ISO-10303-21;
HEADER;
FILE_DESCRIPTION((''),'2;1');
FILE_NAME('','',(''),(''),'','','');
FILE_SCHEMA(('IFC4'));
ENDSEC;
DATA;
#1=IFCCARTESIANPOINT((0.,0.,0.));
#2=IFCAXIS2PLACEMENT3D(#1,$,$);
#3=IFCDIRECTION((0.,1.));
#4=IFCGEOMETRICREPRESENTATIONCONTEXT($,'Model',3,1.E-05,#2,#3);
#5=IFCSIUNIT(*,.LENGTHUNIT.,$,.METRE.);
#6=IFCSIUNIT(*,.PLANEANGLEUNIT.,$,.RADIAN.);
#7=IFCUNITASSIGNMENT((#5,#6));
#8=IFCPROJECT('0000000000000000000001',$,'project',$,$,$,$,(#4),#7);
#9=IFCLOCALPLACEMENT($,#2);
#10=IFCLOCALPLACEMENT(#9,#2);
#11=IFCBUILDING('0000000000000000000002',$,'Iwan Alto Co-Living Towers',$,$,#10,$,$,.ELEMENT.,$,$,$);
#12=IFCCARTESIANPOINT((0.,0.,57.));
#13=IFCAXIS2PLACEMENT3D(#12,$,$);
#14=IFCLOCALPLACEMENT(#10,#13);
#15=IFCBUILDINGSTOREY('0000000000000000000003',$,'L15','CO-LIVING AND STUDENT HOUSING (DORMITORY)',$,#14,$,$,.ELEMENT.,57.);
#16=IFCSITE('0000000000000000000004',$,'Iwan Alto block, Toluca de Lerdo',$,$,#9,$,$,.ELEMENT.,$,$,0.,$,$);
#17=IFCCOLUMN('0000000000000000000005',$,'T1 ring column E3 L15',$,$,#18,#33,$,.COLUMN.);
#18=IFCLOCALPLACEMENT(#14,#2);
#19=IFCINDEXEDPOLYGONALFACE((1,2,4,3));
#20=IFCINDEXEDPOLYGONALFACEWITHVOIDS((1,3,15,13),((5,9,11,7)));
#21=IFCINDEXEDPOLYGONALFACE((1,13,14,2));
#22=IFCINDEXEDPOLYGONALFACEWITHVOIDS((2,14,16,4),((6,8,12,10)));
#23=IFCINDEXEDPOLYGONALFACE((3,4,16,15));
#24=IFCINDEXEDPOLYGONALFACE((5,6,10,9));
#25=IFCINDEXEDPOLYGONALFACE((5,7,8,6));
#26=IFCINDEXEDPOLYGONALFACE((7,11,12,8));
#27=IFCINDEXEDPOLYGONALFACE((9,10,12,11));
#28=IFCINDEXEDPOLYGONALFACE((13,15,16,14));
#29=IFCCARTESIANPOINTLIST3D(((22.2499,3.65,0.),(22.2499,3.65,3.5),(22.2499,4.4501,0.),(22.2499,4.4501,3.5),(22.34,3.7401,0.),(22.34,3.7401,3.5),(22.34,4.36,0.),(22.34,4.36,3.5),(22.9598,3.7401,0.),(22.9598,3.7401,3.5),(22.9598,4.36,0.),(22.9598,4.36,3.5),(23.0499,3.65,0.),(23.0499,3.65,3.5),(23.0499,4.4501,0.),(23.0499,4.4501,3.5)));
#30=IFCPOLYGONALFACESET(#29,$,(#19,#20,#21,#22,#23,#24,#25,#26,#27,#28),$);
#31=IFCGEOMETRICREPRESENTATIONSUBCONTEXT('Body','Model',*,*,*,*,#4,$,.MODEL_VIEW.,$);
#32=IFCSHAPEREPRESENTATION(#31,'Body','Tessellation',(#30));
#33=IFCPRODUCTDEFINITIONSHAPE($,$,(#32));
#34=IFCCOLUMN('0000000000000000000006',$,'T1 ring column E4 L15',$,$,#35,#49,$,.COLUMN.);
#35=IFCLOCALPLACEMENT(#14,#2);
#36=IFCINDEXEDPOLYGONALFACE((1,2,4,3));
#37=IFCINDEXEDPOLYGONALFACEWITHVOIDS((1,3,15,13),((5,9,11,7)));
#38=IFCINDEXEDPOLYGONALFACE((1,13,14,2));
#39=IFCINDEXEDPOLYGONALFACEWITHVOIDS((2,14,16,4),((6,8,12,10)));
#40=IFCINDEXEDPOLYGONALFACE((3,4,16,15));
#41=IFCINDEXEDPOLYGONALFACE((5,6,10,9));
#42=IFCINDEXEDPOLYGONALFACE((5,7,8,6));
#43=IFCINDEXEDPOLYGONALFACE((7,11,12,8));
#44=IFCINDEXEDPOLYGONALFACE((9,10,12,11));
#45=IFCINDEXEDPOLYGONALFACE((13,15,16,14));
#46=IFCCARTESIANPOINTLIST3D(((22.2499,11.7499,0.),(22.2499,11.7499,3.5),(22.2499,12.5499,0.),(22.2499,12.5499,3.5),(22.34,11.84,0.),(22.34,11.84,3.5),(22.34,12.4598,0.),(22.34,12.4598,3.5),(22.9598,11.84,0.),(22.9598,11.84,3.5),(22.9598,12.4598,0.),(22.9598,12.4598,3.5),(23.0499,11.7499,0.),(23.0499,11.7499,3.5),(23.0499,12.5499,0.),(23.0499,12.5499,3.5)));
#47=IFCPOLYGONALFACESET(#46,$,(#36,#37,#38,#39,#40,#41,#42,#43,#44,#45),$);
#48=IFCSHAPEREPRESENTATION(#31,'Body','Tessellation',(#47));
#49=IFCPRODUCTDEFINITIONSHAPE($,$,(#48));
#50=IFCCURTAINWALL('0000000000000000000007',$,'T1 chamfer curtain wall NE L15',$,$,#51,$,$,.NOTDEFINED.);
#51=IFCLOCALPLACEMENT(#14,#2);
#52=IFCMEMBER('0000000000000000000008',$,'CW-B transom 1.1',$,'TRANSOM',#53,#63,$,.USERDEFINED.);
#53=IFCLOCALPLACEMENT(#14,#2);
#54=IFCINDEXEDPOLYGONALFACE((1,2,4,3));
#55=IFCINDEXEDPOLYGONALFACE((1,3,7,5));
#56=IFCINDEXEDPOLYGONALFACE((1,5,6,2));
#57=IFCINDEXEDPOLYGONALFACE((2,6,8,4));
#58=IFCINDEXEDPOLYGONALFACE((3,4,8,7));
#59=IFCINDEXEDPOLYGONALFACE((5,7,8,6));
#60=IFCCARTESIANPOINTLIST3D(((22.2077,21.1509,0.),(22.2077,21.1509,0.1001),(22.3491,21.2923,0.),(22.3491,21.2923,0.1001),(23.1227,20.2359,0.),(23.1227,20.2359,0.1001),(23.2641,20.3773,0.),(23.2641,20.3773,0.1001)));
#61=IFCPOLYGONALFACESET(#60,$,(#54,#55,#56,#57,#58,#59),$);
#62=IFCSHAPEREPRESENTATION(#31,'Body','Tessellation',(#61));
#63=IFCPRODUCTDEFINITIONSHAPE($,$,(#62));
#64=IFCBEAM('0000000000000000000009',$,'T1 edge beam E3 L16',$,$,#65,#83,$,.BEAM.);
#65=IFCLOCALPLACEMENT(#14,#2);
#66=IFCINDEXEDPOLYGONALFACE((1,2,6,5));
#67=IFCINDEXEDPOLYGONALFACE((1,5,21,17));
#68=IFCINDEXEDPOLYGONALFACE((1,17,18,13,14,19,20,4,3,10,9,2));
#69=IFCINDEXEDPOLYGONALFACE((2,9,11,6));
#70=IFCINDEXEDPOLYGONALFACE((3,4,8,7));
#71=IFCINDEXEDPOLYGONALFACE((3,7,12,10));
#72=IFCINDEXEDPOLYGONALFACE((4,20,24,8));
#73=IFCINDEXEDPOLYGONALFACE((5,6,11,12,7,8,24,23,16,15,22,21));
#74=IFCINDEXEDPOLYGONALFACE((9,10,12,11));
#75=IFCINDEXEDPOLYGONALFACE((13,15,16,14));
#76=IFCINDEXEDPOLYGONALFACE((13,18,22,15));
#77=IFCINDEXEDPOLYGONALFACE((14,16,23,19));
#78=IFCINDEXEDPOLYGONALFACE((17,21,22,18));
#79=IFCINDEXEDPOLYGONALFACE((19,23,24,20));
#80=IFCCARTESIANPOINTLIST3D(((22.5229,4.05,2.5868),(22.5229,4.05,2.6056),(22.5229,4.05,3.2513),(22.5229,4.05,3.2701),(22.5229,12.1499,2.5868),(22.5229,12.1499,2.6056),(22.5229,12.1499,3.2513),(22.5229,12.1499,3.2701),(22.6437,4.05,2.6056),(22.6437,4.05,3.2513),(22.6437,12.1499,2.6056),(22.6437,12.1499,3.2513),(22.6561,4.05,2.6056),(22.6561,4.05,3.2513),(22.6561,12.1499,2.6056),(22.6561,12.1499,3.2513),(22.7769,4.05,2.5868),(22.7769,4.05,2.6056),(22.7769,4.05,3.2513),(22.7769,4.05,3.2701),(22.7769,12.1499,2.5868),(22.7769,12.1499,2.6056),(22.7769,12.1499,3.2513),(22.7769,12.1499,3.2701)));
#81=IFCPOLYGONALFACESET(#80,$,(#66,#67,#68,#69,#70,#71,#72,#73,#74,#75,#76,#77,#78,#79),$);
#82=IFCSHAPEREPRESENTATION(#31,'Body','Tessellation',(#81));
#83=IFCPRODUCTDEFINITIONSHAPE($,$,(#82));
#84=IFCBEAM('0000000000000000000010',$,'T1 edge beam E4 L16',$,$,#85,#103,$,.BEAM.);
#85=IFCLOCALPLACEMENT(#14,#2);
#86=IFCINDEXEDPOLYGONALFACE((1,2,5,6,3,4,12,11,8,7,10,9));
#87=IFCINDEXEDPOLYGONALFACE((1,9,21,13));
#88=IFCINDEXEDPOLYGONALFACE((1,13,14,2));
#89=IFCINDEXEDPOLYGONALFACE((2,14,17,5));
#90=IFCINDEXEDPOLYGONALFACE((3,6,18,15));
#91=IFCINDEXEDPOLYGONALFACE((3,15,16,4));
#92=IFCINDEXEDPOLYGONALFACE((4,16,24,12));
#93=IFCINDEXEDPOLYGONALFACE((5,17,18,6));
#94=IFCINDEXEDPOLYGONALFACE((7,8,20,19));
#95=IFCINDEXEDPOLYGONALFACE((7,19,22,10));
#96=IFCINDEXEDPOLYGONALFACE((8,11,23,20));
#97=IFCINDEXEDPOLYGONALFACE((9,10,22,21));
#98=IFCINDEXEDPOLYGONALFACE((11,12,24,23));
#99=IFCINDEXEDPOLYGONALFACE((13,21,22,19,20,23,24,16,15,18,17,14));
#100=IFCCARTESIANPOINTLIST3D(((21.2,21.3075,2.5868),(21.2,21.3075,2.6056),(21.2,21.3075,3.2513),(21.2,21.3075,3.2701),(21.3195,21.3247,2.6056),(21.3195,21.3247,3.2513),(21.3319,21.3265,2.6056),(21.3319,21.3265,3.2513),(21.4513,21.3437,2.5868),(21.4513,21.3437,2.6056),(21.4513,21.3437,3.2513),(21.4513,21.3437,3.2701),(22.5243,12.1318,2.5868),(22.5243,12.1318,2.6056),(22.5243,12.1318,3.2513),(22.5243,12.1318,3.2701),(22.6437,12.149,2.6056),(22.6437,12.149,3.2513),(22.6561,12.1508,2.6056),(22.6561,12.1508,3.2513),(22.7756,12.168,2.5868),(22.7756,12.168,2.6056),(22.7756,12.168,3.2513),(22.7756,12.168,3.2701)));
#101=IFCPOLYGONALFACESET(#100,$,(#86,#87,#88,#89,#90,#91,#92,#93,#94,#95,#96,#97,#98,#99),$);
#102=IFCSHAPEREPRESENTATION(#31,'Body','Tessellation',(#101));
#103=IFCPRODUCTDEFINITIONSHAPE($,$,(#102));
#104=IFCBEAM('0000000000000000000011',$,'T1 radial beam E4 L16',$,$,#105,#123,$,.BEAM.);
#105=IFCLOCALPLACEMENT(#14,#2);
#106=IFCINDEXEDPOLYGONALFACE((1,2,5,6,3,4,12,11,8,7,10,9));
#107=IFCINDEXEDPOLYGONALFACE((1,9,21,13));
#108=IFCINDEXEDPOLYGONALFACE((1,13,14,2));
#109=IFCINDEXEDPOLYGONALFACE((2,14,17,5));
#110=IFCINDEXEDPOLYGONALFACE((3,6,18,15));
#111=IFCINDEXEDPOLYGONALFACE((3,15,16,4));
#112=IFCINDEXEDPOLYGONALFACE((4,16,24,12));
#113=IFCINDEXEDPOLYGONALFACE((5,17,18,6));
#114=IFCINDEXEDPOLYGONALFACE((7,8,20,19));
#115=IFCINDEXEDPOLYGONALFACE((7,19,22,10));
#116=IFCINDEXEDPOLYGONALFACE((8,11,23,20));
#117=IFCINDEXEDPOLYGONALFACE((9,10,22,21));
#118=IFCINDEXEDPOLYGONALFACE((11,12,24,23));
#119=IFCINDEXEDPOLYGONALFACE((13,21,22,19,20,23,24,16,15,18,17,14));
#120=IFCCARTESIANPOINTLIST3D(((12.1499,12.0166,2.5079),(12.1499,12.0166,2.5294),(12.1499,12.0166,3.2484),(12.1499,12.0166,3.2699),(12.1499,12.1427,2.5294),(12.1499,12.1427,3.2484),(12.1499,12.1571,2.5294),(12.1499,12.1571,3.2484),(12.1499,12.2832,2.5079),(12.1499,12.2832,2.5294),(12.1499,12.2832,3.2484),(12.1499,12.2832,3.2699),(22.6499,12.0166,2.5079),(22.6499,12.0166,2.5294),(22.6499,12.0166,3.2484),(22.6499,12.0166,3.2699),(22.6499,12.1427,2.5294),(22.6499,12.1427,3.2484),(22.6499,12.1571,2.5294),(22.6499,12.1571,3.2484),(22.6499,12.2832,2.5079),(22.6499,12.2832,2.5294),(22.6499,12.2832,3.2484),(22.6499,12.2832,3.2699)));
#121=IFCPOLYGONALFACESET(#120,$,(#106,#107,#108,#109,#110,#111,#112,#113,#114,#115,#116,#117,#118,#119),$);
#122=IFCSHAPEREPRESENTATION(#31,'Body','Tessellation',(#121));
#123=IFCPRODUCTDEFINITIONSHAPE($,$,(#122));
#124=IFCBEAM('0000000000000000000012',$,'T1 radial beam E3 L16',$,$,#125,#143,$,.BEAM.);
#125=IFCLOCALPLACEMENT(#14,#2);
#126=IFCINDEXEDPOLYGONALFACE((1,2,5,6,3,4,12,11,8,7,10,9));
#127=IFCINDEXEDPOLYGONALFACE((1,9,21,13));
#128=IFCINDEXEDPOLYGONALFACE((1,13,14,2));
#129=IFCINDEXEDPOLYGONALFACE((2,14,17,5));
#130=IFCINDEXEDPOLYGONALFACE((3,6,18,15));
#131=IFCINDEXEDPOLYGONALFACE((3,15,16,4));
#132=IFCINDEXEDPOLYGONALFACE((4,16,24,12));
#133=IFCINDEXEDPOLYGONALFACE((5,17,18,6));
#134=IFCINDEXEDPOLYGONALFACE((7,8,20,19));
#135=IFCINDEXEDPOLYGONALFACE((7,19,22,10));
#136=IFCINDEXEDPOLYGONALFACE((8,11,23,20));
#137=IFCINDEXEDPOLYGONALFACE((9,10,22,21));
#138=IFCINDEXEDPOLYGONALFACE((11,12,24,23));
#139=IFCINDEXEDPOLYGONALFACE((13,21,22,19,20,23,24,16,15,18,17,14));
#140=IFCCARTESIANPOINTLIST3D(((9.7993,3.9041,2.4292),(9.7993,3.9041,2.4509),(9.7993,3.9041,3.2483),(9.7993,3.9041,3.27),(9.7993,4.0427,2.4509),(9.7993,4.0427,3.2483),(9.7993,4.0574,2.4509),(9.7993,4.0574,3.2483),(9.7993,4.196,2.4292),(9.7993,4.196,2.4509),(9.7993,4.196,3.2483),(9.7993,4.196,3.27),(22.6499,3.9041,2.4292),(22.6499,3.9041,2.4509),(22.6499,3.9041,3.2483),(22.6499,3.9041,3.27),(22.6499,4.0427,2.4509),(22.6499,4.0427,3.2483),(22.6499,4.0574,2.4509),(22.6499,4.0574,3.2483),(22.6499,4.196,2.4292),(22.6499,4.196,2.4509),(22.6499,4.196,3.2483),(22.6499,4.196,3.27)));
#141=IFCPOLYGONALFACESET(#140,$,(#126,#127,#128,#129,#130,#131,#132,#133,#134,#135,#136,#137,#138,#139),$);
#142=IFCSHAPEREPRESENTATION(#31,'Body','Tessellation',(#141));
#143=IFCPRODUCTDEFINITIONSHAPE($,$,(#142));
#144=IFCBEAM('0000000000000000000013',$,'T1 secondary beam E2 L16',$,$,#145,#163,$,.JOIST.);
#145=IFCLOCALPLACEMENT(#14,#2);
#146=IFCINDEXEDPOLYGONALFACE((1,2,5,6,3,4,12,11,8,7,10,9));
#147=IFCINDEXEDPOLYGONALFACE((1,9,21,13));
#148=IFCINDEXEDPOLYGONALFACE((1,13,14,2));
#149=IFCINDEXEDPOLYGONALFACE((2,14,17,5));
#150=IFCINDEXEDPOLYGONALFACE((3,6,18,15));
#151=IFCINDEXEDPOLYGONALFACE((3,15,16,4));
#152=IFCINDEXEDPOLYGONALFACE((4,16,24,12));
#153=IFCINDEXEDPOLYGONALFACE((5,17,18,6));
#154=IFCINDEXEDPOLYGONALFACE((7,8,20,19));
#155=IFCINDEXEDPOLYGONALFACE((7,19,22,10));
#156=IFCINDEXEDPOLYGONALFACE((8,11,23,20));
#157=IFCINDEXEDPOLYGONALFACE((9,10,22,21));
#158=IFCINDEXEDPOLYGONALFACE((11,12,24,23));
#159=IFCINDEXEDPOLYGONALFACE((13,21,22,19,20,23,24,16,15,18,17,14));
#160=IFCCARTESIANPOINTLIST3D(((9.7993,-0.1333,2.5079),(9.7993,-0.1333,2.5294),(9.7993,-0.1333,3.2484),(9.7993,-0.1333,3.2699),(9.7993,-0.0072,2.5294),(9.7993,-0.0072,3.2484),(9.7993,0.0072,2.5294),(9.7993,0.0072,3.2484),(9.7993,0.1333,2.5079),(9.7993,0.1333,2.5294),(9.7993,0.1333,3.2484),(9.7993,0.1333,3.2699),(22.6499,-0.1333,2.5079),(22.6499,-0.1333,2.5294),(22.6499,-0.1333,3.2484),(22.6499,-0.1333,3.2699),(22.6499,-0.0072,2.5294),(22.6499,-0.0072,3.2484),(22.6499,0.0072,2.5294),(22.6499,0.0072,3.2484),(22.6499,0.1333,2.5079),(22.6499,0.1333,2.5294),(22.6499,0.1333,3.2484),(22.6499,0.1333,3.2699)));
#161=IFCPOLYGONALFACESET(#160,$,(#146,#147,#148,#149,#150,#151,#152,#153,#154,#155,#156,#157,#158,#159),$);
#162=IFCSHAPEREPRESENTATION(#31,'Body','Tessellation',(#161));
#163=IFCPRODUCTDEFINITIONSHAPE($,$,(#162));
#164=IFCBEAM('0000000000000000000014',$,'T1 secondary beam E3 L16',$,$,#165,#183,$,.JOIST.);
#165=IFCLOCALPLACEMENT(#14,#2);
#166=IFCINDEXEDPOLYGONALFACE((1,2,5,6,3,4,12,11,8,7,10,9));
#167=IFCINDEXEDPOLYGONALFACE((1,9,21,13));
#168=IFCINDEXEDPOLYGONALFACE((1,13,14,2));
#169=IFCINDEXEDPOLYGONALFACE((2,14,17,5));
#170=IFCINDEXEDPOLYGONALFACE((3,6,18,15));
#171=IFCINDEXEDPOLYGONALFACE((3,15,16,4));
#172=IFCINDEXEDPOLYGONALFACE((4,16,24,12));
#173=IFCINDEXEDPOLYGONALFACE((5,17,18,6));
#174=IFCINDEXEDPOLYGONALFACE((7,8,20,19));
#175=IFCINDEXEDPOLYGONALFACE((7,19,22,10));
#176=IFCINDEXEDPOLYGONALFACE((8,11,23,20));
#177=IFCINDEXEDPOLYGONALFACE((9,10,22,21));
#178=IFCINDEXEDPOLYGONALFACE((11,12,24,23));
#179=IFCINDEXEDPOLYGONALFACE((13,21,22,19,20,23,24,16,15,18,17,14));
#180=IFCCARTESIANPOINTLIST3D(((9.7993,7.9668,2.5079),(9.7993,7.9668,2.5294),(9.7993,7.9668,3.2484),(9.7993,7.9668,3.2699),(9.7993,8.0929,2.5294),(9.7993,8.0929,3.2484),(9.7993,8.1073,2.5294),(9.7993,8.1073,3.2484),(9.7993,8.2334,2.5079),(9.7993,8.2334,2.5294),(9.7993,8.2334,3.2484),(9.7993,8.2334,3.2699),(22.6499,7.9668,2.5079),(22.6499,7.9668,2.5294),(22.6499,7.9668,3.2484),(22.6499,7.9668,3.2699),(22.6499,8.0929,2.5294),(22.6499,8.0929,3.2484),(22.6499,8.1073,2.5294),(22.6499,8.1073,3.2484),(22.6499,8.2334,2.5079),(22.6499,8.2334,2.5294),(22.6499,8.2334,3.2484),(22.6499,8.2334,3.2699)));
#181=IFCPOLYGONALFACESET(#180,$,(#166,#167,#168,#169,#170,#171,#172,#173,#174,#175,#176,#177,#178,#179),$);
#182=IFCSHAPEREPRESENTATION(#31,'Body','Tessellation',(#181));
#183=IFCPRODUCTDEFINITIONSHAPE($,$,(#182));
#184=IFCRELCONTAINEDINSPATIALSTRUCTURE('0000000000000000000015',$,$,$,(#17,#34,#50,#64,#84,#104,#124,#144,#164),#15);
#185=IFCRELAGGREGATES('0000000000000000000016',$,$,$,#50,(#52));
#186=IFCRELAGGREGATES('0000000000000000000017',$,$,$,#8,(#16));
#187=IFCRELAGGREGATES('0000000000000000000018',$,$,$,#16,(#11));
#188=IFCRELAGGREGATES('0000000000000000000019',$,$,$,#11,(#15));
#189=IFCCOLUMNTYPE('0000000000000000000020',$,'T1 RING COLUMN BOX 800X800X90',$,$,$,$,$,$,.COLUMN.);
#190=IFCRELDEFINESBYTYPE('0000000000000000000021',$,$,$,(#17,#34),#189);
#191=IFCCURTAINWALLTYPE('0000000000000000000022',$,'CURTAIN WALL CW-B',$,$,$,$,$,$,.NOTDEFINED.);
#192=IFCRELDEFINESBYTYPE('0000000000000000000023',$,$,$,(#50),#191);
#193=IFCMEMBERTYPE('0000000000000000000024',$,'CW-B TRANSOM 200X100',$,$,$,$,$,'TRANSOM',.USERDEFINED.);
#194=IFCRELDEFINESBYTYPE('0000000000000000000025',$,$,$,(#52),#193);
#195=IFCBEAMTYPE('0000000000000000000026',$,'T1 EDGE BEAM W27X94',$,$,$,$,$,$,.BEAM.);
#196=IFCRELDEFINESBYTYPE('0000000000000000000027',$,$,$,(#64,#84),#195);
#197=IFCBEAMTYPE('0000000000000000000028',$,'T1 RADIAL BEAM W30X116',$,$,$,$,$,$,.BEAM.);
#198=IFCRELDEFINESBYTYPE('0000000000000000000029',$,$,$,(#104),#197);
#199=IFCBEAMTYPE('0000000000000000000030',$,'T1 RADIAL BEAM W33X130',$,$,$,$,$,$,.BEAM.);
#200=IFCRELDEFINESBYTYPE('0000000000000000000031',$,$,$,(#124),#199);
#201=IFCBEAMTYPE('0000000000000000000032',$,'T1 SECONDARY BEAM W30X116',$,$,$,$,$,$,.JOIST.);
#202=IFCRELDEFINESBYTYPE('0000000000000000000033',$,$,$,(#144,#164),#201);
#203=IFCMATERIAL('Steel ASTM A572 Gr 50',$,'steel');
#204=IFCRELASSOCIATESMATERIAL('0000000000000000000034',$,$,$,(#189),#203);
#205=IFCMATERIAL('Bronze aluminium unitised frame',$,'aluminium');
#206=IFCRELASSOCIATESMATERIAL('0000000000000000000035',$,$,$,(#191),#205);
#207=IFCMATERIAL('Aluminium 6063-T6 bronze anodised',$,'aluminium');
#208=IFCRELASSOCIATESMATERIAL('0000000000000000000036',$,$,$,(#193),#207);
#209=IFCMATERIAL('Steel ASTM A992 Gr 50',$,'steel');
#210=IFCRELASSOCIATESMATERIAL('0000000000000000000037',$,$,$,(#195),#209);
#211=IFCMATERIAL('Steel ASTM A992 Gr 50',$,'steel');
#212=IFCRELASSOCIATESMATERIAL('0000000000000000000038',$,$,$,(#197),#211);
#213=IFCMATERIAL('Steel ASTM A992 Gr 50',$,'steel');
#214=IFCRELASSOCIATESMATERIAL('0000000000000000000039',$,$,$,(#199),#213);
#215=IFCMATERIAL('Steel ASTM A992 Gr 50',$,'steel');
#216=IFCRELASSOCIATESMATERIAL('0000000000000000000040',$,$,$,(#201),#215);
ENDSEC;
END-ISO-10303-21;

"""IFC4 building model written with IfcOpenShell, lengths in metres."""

from ifc_helpers import new_model, si_unit, direction, frame, origin, origin_2d, place, context, subcontext, project, spatial, rectangle, hollow_rectangle, i_section, extrude, material, material_profile, profile_set, type_object, element, aggregate, save


model = new_model("IFC4")

# Units and contexts
model_context = context("Model", 3, precision=1e-05, world=origin(), true_north=direction((0.0, 1.0)))
body_context = subcontext(model_context, "Body", "Model", "MODEL_VIEW")
ifc_project = project(units=[si_unit("LENGTHUNIT", "METRE"), si_unit("PLANEANGLEUNIT", "RADIAN")], contexts=[model_context])

# Site, building, storey
site_placement = place(None, origin())
site = spatial("IfcSite", under=ifc_project, at=site_placement, Name="Iwan Alto block, Toluca de Lerdo", CompositionType="ELEMENT", RefElevation=0.0)
building_placement = place(site_placement, origin())
building = spatial("IfcBuilding", under=site, at=building_placement, Name="Iwan Alto Co-Living Towers", CompositionType="ELEMENT")
storey_placement = place(building_placement, frame((0.0, 0.0, 57.0)))
storey = spatial("IfcBuildingStorey", under=building, at=storey_placement, Name="L15", Description="CO-LIVING AND STUDENT HOUSING (DORMITORY)", CompositionType="ELEMENT", Elevation=57.0)

# Columns
ifc_material_1 = material(Name="Steel ASTM A572 Gr 50", Category="steel")
ifc_material_profile_1 = material_profile(ifc_material_1, hollow_rectangle(XDim=0.8, YDim=0.8, WallThickness=0.0901, at=origin_2d()), Name="BOX 800X800X90")
ifc_profile_set_1 = profile_set([ifc_material_profile_1], Name="Steel ASTM A572 Gr 50")
column_type = type_object("IfcColumnType", Name="T1 RING COLUMN BOX 800X800X90", PredefinedType="COLUMN", material=ifc_profile_set_1)
for number, where, z_axis, x_axis, name in (
    (1, (22.6499, 4.05, 0.0), (0.0, 0.0, 1.0), (1.0, 0.0, 0.0), "T1 ring column E3 L15"),
    (2, (22.6499, 12.1499, 0.0), (0.0, 0.0, 1.0), (1.0, 0.0, 0.0), "T1 ring column E4 L15"),
):
    element("IfcColumn", number, at=place(storey_placement, frame(where, z_axis=z_axis, x_axis=x_axis)), inside=storey, type_object=column_type, Name=name, PredefinedType="COLUMN", context=body_context, shape_type="SweptSolid", body=[
        extrude(hollow_rectangle(XDim=0.8, YDim=0.8, WallThickness=0.0901, at=origin_2d()), origin(), (0.0, 0.0, 1.0), 3.5),
    ])

# Curtain wall, member
ifc_material_2 = material(Name="Bronze aluminium unitised frame", Category="aluminium")
curtain_wall_type = type_object("IfcCurtainWallType", Name="CURTAIN WALL CW-B", PredefinedType="NOTDEFINED", material=ifc_material_2)
curtain_wall_placement = place(storey_placement, origin())
curtain_wall = element("IfcCurtainWall", 3, at=curtain_wall_placement, inside=storey, type_object=curtain_wall_type, Name="T1 chamfer curtain wall NE L15", PredefinedType="NOTDEFINED")
ifc_material_3 = material(Name="Aluminium 6063-T6 bronze anodised", Category="aluminium")
ifc_material_profile_2 = material_profile(ifc_material_3, rectangle(XDim=0.2, YDim=0.1001, at=origin_2d()), Name="AL 200X100")
ifc_profile_set_2 = profile_set([ifc_material_profile_2], Name="Aluminium 6063-T6 bronze anodised")
member_type = type_object("IfcMemberType", Name="CW-B TRANSOM 200X100", ElementType="TRANSOM", PredefinedType="USERDEFINED", material=ifc_profile_set_2)
member_placement = place(storey_placement, frame((23.1934, 20.3066, 0.05), z_axis=(-0.707107, 0.707107, 0.0), x_axis=(-0.707107, -0.707107, 0.0)))
member = element("IfcMember", 4, at=member_placement, type_object=member_type, Name="CW-B transom 1.1", ObjectType="TRANSOM", PredefinedType="USERDEFINED", context=body_context, shape_type="SweptSolid", body=[
    extrude(rectangle(XDim=0.2, YDim=0.1001, at=origin_2d()), origin(), (0.0, 0.0, 1.0), 1.2939),
])

# Beams
ifc_material_4 = material(Name="Steel ASTM A992 Gr 50", Category="steel")
ifc_material_profile_3 = material_profile(ifc_material_4, i_section(OverallWidth=0.2539, OverallDepth=0.6833, WebThickness=0.0125, FlangeThickness=0.0188, at=origin_2d()), Name="W27X94")
ifc_profile_set_3 = profile_set([ifc_material_profile_3], Name="Steel ASTM A992 Gr 50")
beam_type_1 = type_object("IfcBeamType", Name="T1 EDGE BEAM W27X94", PredefinedType="BEAM", material=ifc_profile_set_3)
beam_1_placement = place(storey_placement, frame((22.6499, 4.05, 2.9285), z_axis=(0.0, 1.0, 0.0), x_axis=(-1.0, 0.0, 0.0)))
element("IfcBeam", 5, at=beam_1_placement, inside=storey, type_object=beam_type_1, Name="T1 edge beam E3 L16", PredefinedType="BEAM", context=body_context, shape_type="SweptSolid", body=[
    extrude(i_section(OverallWidth=0.2539, OverallDepth=0.6833, WebThickness=0.0125, FlangeThickness=0.0188, at=origin_2d()), origin(), (0.0, 0.0, 1.0), 8.0999),
])
beam_2_placement = place(storey_placement, frame((22.6499, 12.1499, 2.9285), z_axis=(-0.142837, 0.989746, 0.0), x_axis=(-0.989746, -0.142837, 0.0)))
element("IfcBeam", 6, at=beam_2_placement, inside=storey, type_object=beam_type_1, Name="T1 edge beam E4 L16", PredefinedType="BEAM", context=body_context, shape_type="SweptSolid", body=[
    extrude(i_section(OverallWidth=0.2539, OverallDepth=0.6833, WebThickness=0.0125, FlangeThickness=0.0188, at=origin_2d()), origin(), (0.0, 0.0, 1.0), 9.2708),
])
ifc_material_5 = material(Name="Steel ASTM A992 Gr 50", Category="steel")
ifc_material_profile_4 = material_profile(ifc_material_5, i_section(OverallWidth=0.2666, OverallDepth=0.762, WebThickness=0.0144, FlangeThickness=0.0215, at=origin_2d()), Name="W30X116")
ifc_profile_set_4 = profile_set([ifc_material_profile_4], Name="Steel ASTM A992 Gr 50")
beam_type_2 = type_object("IfcBeamType", Name="T1 RADIAL BEAM W30X116", PredefinedType="BEAM", material=ifc_profile_set_4)
beam_3_placement = place(storey_placement, frame((22.6499, 12.1499, 2.8889), z_axis=(-1.0, 0.0, 0.0), x_axis=(0.0, -1.0, 0.0)))
element("IfcBeam", 7, at=beam_3_placement, inside=storey, type_object=beam_type_2, Name="T1 radial beam E4 L16", PredefinedType="BEAM", context=body_context, shape_type="SweptSolid", body=[
    extrude(i_section(OverallWidth=0.2666, OverallDepth=0.762, WebThickness=0.0144, FlangeThickness=0.0215, at=origin_2d()), origin(), (0.0, 0.0, 1.0), 10.5),
])
ifc_material_6 = material(Name="Steel ASTM A992 Gr 50", Category="steel")
ifc_material_profile_5 = material_profile(ifc_material_6, i_section(OverallWidth=0.292, OverallDepth=0.8408, WebThickness=0.0146, FlangeThickness=0.0217, at=origin_2d()), Name="W33X130")
ifc_profile_set_5 = profile_set([ifc_material_profile_5], Name="Steel ASTM A992 Gr 50")
beam_type_3 = type_object("IfcBeamType", Name="T1 RADIAL BEAM W33X130", PredefinedType="BEAM", material=ifc_profile_set_5)
beam_4_placement = place(storey_placement, frame((22.6499, 4.05, 2.8496), z_axis=(-1.0, 0.0, 0.0), x_axis=(0.0, -1.0, 0.0)))
element("IfcBeam", 8, at=beam_4_placement, inside=storey, type_object=beam_type_3, Name="T1 radial beam E3 L16", PredefinedType="BEAM", context=body_context, shape_type="SweptSolid", body=[
    extrude(i_section(OverallWidth=0.292, OverallDepth=0.8408, WebThickness=0.0146, FlangeThickness=0.0217, at=origin_2d()), origin(), (0.0, 0.0, 1.0), 12.8506),
])
ifc_material_7 = material(Name="Steel ASTM A992 Gr 50", Category="steel")
ifc_material_profile_6 = material_profile(ifc_material_7, i_section(OverallWidth=0.2666, OverallDepth=0.762, WebThickness=0.0144, FlangeThickness=0.0215, at=origin_2d()), Name="W30X116")
ifc_profile_set_6 = profile_set([ifc_material_profile_6], Name="Steel ASTM A992 Gr 50")
beam_type_4 = type_object("IfcBeamType", Name="T1 SECONDARY BEAM W30X116", PredefinedType="JOIST", material=ifc_profile_set_6)
for number, where, z_axis, x_axis, name in (
    (9, (22.6499, 0.0, 2.8889), (-1.0, 0.0, 0.0), (0.0, -1.0, 0.0), "T1 secondary beam E2 L16"),
    (10, (22.6499, 8.1001, 2.8889), (-1.0, 0.0, 0.0), (0.0, -1.0, 0.0), "T1 secondary beam E3 L16"),
):
    element("IfcBeam", number, at=place(storey_placement, frame(where, z_axis=z_axis, x_axis=x_axis)), inside=storey, type_object=beam_type_4, Name=name, PredefinedType="JOIST", context=body_context, shape_type="SweptSolid", body=[
        extrude(i_section(OverallWidth=0.2666, OverallDepth=0.762, WebThickness=0.0144, FlangeThickness=0.0215, at=origin_2d()), origin(), (0.0, 0.0, 1.0), 12.8506),
    ])

aggregate(curtain_wall, [member])

save(model, "model.ifc")
